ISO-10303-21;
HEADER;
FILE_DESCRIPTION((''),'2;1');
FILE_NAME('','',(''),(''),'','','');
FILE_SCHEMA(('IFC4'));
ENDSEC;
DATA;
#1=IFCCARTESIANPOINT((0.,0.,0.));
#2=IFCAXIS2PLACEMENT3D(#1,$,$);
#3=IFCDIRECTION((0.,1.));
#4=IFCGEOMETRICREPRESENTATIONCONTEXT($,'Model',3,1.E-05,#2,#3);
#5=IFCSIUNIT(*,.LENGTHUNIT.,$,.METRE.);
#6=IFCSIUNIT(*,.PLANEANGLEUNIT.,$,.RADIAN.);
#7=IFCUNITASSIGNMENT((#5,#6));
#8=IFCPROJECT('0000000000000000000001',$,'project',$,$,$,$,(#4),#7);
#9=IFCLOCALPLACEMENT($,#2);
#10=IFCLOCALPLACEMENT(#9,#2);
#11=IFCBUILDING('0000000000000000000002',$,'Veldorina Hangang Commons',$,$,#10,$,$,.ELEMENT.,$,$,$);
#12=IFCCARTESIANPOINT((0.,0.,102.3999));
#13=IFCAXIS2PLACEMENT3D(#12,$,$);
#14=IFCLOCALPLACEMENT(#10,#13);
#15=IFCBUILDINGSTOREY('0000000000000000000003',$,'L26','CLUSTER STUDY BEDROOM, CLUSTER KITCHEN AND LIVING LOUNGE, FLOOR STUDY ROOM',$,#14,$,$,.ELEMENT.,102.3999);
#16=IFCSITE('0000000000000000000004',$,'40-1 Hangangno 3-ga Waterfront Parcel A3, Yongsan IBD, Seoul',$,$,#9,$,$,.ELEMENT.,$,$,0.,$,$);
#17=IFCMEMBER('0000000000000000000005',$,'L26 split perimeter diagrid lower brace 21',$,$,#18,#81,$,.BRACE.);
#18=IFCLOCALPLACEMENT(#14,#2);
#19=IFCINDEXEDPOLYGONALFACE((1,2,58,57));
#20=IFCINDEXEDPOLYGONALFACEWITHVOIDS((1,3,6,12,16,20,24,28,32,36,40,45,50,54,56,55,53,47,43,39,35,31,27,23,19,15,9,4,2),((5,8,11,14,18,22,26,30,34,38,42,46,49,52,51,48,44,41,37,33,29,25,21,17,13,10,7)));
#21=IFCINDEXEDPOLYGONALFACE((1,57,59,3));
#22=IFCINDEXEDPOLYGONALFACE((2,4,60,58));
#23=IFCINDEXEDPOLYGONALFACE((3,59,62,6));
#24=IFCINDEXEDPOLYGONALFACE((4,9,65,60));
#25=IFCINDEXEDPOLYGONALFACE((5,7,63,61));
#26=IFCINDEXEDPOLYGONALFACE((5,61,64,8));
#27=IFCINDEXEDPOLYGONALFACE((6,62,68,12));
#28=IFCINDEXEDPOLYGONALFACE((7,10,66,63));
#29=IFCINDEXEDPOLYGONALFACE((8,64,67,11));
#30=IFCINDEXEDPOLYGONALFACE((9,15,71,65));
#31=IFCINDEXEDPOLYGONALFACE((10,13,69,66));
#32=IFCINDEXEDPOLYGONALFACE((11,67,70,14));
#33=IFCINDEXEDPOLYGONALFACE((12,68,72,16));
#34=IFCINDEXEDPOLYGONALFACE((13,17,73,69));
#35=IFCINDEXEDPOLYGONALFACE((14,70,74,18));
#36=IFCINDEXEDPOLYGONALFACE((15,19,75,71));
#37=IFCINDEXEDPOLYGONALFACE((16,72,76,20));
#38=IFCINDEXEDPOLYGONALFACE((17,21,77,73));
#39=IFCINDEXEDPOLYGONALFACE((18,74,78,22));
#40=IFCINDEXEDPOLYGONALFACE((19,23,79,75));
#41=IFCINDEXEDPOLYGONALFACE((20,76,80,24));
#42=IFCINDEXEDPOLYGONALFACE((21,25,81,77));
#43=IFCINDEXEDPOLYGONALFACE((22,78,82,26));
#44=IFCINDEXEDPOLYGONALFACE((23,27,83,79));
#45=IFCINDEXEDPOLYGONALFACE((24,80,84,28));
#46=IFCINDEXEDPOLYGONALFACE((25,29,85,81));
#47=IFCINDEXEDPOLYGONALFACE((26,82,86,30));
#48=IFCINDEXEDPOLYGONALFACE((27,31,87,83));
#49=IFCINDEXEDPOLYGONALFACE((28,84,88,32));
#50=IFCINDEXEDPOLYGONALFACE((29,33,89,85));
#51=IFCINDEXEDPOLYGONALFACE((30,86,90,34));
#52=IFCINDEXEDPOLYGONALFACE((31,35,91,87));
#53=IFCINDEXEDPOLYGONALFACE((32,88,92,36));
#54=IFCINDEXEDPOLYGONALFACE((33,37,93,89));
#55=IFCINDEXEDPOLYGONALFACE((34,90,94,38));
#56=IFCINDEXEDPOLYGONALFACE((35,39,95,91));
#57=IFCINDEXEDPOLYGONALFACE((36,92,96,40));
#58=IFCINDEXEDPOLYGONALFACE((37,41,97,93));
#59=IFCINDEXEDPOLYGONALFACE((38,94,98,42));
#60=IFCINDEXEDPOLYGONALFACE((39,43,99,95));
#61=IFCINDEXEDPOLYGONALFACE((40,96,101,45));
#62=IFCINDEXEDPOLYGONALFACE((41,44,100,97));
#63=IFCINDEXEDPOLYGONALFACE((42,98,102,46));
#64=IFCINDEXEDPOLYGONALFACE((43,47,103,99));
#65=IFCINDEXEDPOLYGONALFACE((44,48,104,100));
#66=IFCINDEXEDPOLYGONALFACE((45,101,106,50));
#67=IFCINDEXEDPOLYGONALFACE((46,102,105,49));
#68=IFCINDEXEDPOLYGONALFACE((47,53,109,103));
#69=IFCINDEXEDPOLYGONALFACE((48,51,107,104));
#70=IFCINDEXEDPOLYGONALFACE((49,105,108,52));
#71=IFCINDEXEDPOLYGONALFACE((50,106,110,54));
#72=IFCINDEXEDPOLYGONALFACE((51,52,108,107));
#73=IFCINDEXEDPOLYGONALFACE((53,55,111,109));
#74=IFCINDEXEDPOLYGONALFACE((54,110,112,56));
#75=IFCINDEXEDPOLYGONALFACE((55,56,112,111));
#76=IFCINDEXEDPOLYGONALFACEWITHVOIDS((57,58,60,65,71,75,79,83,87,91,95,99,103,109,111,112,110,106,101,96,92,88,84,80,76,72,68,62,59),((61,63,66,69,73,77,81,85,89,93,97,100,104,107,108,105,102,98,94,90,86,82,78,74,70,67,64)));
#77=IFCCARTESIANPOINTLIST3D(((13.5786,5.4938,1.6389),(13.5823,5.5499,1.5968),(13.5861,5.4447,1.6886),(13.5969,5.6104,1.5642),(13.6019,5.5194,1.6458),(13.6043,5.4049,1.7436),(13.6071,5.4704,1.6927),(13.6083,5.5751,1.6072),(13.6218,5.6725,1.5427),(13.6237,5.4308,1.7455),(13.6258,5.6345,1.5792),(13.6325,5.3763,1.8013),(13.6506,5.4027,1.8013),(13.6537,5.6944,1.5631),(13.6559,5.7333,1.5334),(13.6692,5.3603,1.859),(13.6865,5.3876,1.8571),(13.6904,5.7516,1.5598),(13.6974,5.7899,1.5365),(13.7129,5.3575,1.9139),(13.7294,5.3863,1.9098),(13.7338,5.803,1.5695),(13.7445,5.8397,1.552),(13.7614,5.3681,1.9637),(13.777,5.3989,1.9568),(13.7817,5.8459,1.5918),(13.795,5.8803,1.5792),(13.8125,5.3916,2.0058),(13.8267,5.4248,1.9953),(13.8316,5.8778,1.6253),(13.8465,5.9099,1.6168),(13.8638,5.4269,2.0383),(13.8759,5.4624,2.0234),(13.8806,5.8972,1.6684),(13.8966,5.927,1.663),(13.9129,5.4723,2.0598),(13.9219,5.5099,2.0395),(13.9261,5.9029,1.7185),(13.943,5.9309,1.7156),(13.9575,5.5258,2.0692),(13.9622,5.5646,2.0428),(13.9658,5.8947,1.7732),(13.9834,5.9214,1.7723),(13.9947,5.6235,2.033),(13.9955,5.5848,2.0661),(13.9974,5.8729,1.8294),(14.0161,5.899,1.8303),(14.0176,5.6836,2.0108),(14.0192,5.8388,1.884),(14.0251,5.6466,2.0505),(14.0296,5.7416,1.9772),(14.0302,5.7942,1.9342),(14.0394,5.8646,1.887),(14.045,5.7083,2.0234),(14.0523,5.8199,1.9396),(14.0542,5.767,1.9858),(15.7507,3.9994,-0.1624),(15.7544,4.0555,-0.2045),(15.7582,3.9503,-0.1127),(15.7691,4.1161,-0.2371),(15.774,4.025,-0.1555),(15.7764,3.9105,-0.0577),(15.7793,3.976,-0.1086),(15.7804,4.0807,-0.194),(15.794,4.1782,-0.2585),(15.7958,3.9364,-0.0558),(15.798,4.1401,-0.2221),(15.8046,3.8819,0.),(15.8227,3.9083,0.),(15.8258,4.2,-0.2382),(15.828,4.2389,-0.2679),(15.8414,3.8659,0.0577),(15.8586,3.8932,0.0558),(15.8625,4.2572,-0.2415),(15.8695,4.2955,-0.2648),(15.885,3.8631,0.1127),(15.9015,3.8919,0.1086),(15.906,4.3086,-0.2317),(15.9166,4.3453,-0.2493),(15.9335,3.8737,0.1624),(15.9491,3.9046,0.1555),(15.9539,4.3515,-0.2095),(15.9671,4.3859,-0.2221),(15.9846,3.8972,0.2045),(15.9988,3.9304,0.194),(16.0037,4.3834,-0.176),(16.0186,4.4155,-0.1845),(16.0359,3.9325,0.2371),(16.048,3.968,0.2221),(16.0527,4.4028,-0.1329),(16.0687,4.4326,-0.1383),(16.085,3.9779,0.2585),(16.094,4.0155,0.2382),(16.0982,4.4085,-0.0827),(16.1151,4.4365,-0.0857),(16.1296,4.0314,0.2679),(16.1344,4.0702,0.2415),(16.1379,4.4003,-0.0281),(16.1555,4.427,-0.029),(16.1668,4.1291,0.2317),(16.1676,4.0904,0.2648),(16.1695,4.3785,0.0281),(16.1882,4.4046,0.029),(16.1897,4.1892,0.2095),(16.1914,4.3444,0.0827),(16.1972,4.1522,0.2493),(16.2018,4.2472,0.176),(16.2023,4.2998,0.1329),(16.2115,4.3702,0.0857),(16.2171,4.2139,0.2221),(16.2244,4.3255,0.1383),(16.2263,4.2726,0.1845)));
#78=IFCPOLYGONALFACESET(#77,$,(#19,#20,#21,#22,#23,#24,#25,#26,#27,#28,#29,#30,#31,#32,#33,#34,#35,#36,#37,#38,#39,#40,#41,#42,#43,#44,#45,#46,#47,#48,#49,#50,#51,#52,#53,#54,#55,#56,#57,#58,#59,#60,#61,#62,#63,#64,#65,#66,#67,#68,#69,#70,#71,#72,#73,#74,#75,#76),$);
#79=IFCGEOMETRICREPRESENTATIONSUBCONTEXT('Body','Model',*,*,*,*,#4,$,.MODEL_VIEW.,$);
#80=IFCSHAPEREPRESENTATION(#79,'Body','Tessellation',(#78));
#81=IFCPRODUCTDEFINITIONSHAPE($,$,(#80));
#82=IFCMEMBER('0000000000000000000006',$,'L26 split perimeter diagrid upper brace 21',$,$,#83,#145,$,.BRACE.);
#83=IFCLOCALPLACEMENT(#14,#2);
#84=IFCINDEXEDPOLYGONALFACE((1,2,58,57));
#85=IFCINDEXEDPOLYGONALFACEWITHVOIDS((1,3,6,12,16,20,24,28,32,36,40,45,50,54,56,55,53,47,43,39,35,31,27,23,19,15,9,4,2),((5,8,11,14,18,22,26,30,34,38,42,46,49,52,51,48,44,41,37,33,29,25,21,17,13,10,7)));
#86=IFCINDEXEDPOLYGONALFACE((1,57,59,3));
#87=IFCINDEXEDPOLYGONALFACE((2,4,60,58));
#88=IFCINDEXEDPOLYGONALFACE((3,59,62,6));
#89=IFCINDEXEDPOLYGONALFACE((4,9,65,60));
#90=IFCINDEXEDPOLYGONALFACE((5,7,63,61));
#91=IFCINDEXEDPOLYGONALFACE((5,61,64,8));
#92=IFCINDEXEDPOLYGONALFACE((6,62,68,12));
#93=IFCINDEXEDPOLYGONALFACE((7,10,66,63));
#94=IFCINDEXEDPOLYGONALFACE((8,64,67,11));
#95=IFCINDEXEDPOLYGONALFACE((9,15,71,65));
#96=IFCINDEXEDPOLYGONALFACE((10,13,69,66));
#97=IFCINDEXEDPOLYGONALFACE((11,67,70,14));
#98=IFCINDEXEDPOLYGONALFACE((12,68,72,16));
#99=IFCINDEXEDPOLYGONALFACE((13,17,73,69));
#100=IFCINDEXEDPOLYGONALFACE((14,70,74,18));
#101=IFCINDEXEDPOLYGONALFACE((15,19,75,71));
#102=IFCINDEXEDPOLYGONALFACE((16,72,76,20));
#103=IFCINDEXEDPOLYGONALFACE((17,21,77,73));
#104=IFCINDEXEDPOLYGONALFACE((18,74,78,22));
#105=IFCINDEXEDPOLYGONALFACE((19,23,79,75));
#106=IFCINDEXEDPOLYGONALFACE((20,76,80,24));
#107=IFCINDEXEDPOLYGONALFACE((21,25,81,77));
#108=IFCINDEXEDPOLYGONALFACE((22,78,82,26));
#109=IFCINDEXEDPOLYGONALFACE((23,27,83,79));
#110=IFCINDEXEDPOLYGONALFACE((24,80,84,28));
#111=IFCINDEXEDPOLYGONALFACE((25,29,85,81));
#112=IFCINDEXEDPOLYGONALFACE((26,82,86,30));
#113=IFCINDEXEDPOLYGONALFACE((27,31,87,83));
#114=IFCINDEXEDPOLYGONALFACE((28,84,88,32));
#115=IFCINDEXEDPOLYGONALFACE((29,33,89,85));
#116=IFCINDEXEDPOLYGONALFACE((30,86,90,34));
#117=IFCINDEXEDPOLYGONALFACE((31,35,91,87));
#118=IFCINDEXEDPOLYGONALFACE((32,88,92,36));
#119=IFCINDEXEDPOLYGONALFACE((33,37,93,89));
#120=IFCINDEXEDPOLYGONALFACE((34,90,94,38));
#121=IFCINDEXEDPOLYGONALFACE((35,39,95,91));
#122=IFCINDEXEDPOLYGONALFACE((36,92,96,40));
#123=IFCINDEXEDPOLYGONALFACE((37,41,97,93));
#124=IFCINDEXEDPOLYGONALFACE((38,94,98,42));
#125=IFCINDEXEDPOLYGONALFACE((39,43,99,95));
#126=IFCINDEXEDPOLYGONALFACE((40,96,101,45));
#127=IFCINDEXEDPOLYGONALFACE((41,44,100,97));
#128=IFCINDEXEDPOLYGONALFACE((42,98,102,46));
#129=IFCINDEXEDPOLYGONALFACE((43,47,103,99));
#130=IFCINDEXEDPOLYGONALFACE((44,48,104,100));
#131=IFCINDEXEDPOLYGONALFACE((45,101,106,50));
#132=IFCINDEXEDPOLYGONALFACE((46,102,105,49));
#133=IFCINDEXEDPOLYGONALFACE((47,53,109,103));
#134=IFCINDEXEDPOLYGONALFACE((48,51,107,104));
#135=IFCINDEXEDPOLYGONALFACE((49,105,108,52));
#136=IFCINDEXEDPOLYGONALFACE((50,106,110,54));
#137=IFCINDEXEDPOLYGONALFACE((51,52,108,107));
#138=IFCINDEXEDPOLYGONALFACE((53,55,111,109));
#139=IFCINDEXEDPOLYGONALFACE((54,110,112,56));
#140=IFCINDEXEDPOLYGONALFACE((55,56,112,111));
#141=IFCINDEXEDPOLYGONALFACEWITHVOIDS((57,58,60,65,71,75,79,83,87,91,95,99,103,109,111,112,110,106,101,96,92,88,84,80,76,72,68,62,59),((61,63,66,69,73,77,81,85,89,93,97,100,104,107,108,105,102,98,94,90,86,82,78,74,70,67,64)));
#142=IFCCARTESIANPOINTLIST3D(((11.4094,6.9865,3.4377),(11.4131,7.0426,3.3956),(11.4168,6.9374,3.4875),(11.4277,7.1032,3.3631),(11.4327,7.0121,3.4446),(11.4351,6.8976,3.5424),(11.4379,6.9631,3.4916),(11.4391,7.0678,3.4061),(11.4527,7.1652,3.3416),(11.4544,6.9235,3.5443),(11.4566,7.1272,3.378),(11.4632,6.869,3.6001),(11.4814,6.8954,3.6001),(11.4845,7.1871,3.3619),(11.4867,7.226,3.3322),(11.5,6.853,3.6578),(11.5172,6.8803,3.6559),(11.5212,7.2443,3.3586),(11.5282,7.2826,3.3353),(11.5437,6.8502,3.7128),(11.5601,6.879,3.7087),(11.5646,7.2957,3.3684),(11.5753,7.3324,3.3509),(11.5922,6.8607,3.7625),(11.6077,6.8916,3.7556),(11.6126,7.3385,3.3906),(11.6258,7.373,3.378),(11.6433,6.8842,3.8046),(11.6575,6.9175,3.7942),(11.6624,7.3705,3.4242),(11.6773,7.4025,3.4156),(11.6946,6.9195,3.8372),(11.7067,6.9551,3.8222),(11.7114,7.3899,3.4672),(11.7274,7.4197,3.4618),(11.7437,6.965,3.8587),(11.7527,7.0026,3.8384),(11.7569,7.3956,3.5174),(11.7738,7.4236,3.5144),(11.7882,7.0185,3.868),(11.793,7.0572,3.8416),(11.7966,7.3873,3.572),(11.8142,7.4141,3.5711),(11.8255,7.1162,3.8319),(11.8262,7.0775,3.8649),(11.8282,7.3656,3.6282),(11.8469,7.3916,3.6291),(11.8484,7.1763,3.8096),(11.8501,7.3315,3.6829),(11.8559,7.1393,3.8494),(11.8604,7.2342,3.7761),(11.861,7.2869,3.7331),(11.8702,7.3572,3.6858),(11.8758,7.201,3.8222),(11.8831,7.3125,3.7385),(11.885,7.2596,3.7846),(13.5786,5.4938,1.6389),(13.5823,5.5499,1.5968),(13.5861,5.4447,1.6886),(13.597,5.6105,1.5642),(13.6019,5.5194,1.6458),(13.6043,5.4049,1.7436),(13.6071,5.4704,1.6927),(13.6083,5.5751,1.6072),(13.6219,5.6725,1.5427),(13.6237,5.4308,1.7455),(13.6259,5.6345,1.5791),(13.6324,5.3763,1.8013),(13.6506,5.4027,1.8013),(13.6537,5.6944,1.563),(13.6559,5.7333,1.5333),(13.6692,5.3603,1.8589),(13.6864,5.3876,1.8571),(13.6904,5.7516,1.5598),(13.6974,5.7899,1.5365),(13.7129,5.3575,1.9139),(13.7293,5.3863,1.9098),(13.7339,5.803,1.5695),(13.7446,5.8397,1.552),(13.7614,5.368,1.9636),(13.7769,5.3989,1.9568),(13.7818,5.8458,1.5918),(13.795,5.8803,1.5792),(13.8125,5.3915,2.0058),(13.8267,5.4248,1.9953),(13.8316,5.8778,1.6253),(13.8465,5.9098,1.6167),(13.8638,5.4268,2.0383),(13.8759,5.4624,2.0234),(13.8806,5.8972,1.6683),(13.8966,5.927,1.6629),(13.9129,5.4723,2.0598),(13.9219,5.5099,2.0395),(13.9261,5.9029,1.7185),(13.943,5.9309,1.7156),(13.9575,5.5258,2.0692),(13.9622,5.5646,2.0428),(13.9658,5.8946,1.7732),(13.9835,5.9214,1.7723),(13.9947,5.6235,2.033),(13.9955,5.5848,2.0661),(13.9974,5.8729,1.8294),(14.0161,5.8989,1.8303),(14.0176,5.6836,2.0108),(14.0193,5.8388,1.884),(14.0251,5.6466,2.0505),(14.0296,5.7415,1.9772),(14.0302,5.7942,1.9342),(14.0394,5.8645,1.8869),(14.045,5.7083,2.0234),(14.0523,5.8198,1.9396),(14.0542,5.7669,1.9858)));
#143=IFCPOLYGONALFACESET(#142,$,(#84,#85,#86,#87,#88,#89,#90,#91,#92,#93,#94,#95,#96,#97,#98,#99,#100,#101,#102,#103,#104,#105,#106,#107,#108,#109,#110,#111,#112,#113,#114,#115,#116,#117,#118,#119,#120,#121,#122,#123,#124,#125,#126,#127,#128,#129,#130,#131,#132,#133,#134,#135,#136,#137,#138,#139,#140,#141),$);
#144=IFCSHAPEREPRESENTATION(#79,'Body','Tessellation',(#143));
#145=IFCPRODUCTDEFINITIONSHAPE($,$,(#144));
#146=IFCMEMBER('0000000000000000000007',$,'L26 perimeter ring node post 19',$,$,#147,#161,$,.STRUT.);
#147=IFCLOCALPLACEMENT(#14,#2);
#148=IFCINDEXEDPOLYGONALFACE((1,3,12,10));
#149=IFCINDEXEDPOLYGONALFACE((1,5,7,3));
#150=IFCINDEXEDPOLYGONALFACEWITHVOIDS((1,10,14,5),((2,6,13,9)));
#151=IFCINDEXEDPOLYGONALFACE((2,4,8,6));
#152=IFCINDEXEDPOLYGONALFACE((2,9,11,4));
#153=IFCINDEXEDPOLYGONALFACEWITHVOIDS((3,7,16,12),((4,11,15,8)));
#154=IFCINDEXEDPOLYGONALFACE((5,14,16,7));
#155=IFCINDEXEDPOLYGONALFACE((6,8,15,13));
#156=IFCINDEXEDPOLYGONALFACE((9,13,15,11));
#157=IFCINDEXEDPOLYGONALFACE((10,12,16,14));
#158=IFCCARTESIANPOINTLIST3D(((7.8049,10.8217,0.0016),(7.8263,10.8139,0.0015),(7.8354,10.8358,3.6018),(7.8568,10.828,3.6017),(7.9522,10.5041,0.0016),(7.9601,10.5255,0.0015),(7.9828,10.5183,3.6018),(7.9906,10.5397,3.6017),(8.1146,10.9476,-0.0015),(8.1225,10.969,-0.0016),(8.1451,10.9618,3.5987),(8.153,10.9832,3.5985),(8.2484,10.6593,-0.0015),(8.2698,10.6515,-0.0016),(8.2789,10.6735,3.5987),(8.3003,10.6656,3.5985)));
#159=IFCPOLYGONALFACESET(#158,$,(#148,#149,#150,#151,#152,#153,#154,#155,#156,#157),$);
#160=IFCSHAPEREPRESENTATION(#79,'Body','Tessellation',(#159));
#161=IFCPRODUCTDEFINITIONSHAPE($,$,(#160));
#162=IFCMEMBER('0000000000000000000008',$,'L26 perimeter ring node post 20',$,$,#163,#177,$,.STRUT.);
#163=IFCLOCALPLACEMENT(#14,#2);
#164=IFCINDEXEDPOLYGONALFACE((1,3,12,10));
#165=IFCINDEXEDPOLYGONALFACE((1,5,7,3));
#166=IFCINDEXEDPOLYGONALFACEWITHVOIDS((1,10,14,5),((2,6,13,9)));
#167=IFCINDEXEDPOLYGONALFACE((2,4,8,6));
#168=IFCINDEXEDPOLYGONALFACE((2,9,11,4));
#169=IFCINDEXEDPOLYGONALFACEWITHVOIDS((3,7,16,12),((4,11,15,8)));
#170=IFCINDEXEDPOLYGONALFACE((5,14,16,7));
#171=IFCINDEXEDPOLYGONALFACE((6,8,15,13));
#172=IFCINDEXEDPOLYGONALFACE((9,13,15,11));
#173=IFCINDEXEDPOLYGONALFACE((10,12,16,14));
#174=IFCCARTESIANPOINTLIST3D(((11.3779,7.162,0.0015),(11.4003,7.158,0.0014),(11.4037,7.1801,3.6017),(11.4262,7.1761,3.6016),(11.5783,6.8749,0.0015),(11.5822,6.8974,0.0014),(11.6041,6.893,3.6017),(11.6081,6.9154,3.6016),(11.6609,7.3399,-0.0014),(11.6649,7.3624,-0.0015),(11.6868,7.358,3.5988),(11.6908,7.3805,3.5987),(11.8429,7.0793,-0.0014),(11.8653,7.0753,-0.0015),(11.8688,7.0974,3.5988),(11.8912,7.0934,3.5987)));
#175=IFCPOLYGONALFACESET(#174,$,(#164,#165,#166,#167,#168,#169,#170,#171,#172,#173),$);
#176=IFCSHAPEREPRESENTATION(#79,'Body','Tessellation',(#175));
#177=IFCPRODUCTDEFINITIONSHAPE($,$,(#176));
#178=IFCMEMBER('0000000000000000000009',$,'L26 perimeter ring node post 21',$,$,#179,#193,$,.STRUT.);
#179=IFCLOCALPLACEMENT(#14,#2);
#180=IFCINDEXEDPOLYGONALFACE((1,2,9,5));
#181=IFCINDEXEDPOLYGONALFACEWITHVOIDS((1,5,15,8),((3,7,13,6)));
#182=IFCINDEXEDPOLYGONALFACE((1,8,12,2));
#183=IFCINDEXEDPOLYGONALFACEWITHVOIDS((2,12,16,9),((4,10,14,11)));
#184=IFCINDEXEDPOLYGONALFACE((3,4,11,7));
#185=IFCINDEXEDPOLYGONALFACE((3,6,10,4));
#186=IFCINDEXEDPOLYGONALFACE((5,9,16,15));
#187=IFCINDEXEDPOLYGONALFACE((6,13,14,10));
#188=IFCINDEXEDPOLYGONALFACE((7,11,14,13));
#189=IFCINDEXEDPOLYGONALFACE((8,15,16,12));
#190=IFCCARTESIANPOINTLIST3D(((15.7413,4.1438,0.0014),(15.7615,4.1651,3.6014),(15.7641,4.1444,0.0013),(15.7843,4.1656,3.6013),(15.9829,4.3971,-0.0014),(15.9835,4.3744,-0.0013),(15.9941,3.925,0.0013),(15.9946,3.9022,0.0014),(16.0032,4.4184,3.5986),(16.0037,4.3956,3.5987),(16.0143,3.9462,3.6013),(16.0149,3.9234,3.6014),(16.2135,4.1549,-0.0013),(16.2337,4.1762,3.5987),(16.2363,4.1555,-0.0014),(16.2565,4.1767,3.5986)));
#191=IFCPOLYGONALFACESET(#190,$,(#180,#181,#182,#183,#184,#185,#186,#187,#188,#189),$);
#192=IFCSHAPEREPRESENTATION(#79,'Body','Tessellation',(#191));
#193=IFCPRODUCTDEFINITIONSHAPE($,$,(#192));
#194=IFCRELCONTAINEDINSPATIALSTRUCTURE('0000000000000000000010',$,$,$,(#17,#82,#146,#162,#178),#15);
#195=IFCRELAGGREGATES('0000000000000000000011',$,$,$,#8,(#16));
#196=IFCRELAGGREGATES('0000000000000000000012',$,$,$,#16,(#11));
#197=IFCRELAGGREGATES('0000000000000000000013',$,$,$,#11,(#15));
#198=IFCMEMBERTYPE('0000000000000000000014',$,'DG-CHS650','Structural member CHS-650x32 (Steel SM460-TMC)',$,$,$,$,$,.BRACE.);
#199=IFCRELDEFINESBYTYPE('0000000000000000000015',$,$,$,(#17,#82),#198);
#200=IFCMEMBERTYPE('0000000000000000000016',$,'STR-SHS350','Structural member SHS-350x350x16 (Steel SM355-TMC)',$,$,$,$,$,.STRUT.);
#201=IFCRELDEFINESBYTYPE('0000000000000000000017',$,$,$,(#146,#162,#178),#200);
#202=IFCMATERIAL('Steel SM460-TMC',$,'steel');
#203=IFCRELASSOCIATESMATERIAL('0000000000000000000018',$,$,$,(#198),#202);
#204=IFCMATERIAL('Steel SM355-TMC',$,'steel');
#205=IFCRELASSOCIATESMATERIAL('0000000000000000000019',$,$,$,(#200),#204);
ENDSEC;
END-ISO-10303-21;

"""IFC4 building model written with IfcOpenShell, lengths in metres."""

from ifc_helpers import new_model, si_unit, direction, frame, origin, origin_2d, place, context, subcontext, project, spatial, hollow_rectangle, hollow_circle, extrude, material, material_profile, profile_set, type_object, element, save


model = new_model("IFC4")

# Units and contexts
model_context = context("Model", 3, precision=1e-05, world=origin(), true_north=direction((0.0, 1.0)))
body_context = subcontext(model_context, "Body", "Model", "MODEL_VIEW")
ifc_project = project(units=[si_unit("LENGTHUNIT", "METRE"), si_unit("PLANEANGLEUNIT", "RADIAN")], contexts=[model_context])

# Site, building, storey
site_placement = place(None, origin())
site = spatial("IfcSite", under=ifc_project, at=site_placement, Name="40-1 Hangangno 3-ga Waterfront Parcel A3, Yongsan IBD, Seoul", CompositionType="ELEMENT", RefElevation=0.0)
building_placement = place(site_placement, origin())
building = spatial("IfcBuilding", under=site, at=building_placement, Name="Veldorina Hangang Commons", CompositionType="ELEMENT")
storey_placement = place(building_placement, frame((0.0, 0.0, 102.3999)))
storey = spatial("IfcBuildingStorey", under=building, at=storey_placement, Name="L26", Description="CLUSTER STUDY BEDROOM, CLUSTER KITCHEN AND LIVING LOUNGE, FLOOR STUDY ROOM", CompositionType="ELEMENT", Elevation=102.3999)

# Shared definitions
ifc_material_1 = material(Name="Steel SM355-TMC", Category="steel")

# Members
ifc_material_2 = material(Name="Steel SM460-TMC", Category="steel")
ifc_material_profile_1 = material_profile(ifc_material_2, hollow_circle(Radius=0.325, WallThickness=0.032, at=origin_2d()), Name="CHS-650x32")
ifc_profile_set_1 = profile_set([ifc_material_profile_1], Name="Steel SM460-TMC")
member_type_1 = type_object("IfcMemberType", Name="DG-CHS650", Description="Structural member CHS-650x32 (Steel SM460-TMC)", PredefinedType="BRACE", material=ifc_profile_set_1)
member_1_placement = place(storey_placement, frame((15.9888, 4.1497, 0.0), z_axis=(-0.680255, 0.468005, 0.564114), x_axis=(-0.5668, -0.823855, 0.0)))
element("IfcMember", 1, at=member_1_placement, inside=storey, type_object=member_type_1, Name="L26 split perimeter diagrid lower brace 21", PredefinedType="BRACE", context=body_context, shape_type="SweptSolid", body=[
    extrude(hollow_circle(Radius=0.325, WallThickness=0.032, at=origin_2d()), origin(), (0.0, 0.0, 1.0), 3.1931),
])
member_2_placement = place(storey_placement, frame((13.8167, 5.644, 1.8013), z_axis=(-0.680226, 0.468081, 0.564086), x_axis=(-0.566879, -0.823801, 0.0)))
element("IfcMember", 2, at=member_2_placement, inside=storey, type_object=member_type_1, Name="L26 split perimeter diagrid upper brace 21", PredefinedType="BRACE", context=body_context, shape_type="SweptSolid", body=[
    extrude(hollow_circle(Radius=0.325, WallThickness=0.032, at=origin_2d()), origin(), (0.0, 0.0, 1.0), 3.189),
])
ifc_material_profile_2 = material_profile(ifc_material_1, hollow_rectangle(XDim=0.3501, YDim=0.3501, WallThickness=0.0161, at=origin_2d()), Name="SHS-350x350x16")
ifc_profile_set_2 = profile_set([ifc_material_profile_2], Name="Steel SM355-TMC")
member_type_2 = type_object("IfcMemberType", Name="STR-SHS350", Description="Structural member SHS-350x350x16 (Steel SM355-TMC)", PredefinedType="STRUT", material=ifc_profile_set_2)
for number, where, z_axis, x_axis, name in (
    (3, (8.0374, 10.7366, 0.0), (0.008477, 0.003933, 0.999956), (-0.420898, 0.907108, 0.0), "L26 perimeter ring node post 19"),
    (4, (11.6216, 7.1187, 0.0), (0.007188, 0.005018, 0.999962), (-0.572424, 0.819958, 0.0), "L26 perimeter ring node post 20"),
):
    element("IfcMember", number, at=place(storey_placement, frame(where, z_axis=z_axis, x_axis=x_axis)), inside=storey, type_object=member_type_2, Name=name, PredefinedType="STRUT", context=body_context, shape_type="SweptSolid", body=[
        extrude(hollow_rectangle(XDim=0.3501, YDim=0.3501, WallThickness=0.0161, at=origin_2d()), origin(), (0.0, 0.0, 1.0), 3.6003),
    ])
member_3_placement = place(storey_placement, frame((15.9888, 4.1497, 0.0), z_axis=(0.005628, 0.0059, 0.999967), x_axis=(-0.723544, 0.690278, 0.0)))
element("IfcMember", 5, at=member_3_placement, inside=storey, type_object=member_type_2, Name="L26 perimeter ring node post 21", PredefinedType="STRUT", context=body_context, shape_type="SweptSolid", body=[
    extrude(hollow_rectangle(XDim=0.3501, YDim=0.3501, WallThickness=0.0161, at=origin_2d()), origin(), (0.0, 0.0, 1.0), 3.6001),
])

save(model, "model.ifc")
